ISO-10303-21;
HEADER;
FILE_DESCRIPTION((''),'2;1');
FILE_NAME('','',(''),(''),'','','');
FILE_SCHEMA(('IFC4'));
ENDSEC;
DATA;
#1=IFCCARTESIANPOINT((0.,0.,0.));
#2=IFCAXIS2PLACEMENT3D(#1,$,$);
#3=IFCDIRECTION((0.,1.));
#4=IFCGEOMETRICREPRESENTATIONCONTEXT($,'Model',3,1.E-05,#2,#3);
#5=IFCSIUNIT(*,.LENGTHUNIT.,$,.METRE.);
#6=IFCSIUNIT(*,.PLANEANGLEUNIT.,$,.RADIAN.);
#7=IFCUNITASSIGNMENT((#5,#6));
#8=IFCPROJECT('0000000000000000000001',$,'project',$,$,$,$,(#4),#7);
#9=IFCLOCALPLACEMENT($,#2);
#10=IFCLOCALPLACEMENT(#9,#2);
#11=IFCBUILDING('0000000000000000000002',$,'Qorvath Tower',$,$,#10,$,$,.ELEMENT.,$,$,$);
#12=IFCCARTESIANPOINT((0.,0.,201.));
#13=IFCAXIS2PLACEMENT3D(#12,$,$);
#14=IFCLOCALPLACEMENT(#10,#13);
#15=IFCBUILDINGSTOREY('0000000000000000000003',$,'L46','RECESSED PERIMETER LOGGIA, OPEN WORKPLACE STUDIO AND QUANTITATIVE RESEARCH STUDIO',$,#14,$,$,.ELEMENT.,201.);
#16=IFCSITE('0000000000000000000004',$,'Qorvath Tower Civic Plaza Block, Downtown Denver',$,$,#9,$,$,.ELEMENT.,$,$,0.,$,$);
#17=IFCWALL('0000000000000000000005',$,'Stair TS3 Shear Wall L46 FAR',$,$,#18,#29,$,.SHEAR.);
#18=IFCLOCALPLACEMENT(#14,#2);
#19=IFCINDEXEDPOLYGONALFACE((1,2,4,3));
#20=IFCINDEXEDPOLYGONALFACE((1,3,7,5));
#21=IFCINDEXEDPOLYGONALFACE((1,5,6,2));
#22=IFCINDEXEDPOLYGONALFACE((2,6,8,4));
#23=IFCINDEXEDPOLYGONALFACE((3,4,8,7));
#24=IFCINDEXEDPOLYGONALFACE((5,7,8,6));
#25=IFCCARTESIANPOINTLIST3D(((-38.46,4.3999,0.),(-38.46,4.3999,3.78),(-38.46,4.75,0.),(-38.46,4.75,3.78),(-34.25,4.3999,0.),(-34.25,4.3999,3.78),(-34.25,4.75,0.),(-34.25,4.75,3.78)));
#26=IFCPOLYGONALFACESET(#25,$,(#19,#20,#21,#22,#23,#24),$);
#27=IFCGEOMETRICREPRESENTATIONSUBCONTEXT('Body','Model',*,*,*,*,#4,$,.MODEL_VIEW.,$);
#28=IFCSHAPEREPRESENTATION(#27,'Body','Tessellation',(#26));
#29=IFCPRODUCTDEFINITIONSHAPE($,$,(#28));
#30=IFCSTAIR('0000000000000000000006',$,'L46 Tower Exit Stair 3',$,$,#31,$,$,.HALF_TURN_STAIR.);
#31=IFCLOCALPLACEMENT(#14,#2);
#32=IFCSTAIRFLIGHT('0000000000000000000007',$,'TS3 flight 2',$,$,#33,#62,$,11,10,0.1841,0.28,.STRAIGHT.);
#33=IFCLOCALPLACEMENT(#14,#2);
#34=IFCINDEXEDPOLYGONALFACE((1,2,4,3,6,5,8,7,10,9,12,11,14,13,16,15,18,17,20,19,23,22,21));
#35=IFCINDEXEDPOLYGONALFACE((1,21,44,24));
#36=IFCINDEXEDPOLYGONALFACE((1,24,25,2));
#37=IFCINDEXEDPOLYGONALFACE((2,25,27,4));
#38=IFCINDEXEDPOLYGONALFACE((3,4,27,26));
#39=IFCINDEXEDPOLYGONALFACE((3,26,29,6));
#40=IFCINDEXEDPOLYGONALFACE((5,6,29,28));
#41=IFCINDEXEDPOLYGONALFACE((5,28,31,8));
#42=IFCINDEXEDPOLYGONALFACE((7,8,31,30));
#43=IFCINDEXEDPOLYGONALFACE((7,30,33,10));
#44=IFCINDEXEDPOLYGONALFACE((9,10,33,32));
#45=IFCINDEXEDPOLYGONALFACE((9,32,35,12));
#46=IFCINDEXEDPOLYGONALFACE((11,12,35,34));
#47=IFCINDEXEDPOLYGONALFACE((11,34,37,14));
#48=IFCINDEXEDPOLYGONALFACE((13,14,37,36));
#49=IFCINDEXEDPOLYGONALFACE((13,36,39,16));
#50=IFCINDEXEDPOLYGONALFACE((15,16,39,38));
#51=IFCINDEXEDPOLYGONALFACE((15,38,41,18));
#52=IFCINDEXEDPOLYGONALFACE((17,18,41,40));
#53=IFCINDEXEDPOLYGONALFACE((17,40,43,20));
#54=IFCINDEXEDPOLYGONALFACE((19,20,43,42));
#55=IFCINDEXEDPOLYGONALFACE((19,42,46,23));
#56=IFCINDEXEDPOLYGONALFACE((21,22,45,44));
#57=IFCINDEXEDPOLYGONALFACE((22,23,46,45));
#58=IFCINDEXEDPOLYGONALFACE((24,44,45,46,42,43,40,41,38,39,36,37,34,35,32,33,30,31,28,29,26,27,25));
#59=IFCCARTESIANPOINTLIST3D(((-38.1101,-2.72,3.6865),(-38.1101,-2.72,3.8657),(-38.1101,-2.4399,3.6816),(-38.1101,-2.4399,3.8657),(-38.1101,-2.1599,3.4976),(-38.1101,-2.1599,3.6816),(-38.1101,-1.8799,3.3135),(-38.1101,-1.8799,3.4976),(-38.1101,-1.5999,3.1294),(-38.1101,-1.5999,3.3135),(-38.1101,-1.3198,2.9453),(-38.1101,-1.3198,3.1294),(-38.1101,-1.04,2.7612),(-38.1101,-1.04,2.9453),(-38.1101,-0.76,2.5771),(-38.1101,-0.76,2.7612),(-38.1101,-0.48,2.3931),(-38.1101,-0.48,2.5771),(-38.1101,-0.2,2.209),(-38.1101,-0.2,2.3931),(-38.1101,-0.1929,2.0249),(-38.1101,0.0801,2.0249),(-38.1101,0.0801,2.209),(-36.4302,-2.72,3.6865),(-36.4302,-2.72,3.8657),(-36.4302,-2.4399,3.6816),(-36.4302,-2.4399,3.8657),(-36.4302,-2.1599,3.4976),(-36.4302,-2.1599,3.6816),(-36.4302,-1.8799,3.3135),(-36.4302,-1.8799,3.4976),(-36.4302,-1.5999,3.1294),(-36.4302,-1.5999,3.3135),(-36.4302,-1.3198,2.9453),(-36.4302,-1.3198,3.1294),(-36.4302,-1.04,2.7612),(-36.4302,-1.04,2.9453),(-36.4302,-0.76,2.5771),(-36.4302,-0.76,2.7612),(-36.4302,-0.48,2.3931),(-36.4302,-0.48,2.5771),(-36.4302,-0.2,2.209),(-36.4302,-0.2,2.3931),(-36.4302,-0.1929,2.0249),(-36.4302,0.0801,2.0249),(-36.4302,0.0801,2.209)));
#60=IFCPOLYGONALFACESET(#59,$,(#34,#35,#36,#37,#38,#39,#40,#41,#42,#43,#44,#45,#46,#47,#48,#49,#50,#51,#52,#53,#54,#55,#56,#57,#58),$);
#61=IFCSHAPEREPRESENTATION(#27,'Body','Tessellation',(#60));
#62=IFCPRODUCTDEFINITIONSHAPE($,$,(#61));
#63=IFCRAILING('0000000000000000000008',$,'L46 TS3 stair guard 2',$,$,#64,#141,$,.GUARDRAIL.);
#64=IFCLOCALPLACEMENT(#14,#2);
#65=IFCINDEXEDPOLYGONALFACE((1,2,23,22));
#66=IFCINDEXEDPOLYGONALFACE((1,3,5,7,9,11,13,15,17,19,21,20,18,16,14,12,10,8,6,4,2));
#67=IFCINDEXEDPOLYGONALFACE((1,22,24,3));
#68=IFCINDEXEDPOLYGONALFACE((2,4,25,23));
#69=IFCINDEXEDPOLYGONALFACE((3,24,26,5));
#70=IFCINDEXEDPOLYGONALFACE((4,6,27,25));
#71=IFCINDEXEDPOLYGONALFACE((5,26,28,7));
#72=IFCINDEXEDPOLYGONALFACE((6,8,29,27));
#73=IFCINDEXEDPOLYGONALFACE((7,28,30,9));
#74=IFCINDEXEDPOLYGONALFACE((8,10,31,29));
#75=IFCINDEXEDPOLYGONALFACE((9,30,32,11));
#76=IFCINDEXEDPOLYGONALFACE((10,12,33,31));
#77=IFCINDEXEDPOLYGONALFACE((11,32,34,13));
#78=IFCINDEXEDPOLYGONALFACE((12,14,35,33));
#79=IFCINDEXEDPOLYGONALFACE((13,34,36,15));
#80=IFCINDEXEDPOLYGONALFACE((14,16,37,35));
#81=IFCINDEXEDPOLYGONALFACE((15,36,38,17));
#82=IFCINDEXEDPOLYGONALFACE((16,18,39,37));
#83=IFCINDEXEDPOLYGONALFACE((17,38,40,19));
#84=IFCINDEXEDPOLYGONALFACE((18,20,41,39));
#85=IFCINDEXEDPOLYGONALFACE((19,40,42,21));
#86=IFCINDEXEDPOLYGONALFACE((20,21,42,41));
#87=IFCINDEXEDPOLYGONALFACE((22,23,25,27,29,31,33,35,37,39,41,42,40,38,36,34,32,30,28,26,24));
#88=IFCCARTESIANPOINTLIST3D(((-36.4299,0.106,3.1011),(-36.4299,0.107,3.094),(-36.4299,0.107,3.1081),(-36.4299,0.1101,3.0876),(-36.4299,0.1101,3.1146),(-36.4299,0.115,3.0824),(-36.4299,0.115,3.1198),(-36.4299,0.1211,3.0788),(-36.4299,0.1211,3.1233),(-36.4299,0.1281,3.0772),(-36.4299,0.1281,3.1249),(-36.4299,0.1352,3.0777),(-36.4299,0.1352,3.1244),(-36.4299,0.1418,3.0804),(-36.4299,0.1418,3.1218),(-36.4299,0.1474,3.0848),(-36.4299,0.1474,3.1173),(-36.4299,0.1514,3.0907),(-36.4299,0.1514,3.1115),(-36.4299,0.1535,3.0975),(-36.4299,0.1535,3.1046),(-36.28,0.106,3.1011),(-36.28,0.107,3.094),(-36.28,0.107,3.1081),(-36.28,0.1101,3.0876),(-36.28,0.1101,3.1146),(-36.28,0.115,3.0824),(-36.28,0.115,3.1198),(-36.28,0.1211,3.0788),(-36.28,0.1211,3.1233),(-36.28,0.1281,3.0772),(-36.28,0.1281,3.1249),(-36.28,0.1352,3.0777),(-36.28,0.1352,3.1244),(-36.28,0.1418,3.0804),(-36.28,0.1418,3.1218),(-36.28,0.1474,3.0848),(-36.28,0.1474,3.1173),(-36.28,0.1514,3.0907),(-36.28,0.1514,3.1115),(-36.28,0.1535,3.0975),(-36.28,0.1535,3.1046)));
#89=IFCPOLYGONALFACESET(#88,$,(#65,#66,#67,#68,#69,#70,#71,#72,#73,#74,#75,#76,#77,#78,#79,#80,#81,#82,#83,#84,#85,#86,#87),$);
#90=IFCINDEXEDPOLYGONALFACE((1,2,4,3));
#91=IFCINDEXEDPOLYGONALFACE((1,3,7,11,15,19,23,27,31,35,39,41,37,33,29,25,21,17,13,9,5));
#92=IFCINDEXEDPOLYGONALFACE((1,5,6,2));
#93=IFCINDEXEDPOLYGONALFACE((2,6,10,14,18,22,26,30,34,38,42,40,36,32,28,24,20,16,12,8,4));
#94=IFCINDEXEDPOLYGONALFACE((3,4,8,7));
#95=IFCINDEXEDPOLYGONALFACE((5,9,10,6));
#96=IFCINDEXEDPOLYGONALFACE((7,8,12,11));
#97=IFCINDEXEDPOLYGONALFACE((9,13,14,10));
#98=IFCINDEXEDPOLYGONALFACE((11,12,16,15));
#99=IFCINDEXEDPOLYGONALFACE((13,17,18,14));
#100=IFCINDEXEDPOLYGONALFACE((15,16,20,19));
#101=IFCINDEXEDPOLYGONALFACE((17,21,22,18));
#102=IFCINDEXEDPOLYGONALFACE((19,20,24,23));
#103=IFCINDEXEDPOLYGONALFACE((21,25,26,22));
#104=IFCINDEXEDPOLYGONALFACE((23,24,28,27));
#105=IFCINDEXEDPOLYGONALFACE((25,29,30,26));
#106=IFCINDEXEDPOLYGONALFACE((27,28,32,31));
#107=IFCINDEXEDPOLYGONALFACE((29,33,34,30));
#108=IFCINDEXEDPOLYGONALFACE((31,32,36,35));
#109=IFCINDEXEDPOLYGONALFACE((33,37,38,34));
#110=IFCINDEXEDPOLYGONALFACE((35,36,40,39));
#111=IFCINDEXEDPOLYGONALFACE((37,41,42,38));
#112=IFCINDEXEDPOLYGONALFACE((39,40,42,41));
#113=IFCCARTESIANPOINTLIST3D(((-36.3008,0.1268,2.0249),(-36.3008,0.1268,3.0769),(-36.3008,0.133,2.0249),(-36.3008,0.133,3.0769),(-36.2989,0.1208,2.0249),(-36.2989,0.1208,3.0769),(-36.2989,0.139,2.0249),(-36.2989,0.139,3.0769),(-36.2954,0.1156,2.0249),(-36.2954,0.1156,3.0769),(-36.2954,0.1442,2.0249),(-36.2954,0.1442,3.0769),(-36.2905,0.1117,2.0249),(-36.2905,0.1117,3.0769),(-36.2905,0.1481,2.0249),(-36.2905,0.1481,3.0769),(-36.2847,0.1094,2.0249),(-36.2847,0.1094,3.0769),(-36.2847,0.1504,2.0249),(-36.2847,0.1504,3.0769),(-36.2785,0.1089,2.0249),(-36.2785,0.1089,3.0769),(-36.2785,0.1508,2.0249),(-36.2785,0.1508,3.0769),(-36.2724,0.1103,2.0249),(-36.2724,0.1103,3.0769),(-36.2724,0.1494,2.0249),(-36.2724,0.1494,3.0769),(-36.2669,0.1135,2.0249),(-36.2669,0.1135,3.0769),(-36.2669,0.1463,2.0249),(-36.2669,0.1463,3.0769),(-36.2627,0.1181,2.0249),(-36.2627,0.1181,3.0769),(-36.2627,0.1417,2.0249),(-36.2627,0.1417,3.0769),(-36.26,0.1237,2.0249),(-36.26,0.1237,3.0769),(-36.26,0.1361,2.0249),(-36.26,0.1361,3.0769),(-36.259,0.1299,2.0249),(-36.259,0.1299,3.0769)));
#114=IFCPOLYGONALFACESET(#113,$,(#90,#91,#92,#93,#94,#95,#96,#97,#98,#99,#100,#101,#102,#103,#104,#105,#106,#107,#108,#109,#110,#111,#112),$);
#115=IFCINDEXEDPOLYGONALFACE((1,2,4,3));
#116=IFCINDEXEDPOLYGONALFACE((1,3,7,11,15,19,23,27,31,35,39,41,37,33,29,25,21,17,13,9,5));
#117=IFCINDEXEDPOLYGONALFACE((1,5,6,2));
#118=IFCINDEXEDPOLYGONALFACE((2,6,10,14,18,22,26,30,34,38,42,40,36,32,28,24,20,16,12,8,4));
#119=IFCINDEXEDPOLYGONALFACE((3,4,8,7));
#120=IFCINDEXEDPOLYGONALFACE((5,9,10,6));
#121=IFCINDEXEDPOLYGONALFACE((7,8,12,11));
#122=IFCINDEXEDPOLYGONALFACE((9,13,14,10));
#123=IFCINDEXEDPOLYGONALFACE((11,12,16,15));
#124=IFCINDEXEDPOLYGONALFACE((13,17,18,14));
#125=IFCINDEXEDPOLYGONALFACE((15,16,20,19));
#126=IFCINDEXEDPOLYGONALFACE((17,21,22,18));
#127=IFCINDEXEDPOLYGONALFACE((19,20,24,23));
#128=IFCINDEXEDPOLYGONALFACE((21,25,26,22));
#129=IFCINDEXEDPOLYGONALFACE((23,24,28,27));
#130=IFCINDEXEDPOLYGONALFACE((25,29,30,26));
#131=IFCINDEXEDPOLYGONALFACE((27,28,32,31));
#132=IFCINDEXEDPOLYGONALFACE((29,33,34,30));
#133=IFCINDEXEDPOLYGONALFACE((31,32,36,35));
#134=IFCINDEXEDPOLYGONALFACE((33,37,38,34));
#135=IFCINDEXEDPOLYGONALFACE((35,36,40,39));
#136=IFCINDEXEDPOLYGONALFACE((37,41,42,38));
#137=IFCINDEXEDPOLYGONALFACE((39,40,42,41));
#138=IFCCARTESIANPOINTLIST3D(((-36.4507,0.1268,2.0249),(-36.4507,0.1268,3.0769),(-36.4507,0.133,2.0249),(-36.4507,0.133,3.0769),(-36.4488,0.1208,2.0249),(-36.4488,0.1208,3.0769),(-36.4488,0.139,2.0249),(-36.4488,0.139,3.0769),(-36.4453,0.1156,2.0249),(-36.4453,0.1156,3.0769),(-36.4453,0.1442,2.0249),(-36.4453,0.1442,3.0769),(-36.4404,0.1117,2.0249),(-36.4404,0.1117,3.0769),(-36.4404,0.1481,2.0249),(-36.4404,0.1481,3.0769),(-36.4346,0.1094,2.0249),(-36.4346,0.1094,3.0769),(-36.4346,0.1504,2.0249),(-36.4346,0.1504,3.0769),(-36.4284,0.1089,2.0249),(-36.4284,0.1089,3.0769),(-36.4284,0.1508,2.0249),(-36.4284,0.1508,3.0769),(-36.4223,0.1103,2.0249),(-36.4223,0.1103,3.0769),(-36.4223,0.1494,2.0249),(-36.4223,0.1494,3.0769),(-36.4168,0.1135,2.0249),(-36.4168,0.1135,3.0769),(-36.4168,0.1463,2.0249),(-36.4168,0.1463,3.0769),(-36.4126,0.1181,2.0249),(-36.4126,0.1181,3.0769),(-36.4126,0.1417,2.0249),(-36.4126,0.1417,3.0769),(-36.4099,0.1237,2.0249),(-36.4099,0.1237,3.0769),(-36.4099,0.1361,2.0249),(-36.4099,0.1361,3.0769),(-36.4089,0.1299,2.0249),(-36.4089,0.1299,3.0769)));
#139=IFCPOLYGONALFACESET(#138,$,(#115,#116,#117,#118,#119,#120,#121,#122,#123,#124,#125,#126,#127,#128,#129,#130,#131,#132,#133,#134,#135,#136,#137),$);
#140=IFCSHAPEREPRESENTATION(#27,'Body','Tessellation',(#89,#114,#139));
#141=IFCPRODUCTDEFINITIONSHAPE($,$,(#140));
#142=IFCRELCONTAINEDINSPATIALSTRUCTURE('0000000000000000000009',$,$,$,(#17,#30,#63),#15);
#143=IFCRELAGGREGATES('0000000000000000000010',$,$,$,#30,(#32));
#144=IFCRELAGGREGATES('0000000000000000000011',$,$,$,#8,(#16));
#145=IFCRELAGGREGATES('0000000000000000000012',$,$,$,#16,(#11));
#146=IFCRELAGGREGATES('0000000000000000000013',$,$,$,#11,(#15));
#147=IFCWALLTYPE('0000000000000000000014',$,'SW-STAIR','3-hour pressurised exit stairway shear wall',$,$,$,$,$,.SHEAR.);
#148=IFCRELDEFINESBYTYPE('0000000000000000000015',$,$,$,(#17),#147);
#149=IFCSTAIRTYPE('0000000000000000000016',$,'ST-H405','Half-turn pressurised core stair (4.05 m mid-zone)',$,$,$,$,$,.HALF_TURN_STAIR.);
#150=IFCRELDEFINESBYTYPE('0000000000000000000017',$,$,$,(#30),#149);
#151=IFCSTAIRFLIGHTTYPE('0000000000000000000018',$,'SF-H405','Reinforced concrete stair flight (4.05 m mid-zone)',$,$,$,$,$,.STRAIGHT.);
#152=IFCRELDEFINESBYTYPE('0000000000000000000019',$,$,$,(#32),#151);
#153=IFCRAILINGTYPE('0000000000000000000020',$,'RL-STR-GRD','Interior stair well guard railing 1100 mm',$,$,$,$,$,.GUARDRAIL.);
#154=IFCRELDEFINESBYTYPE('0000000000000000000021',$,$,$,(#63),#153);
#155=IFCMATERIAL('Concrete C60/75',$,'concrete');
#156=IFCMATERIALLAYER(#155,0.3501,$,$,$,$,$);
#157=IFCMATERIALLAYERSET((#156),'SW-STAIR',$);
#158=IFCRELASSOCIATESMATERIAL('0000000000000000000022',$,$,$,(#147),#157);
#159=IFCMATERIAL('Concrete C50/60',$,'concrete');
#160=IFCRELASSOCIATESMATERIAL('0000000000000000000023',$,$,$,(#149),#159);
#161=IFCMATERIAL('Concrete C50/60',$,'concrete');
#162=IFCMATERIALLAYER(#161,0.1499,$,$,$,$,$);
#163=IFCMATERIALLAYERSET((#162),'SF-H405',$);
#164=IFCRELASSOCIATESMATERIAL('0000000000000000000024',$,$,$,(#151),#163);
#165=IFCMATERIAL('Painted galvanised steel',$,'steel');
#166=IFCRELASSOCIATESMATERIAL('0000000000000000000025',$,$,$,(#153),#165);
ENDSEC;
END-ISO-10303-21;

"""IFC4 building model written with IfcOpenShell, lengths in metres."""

from ifc_helpers import new_model, si_unit, direction, frame, frame_2d, origin, origin_2d, place, context, subcontext, project, spatial, polyline, rectangle, circle, outline, extrude, material, layer, layer_set, type_object, element, aggregate, save


model = new_model("IFC4")

# Units and contexts
model_context = context("Model", 3, precision=1e-05, world=origin(), true_north=direction((0.0, 1.0)))
body_context = subcontext(model_context, "Body", "Model", "MODEL_VIEW")
ifc_project = project(units=[si_unit("LENGTHUNIT", "METRE"), si_unit("PLANEANGLEUNIT", "RADIAN")], contexts=[model_context])

# Site, building, storey
site_placement = place(None, origin())
site = spatial("IfcSite", under=ifc_project, at=site_placement, Name="Qorvath Tower Civic Plaza Block, Downtown Denver", CompositionType="ELEMENT", RefElevation=0.0)
building_placement = place(site_placement, origin())
building = spatial("IfcBuilding", under=site, at=building_placement, Name="Qorvath Tower", CompositionType="ELEMENT")
storey_placement = place(building_placement, frame((0.0, 0.0, 201.0)))
storey = spatial("IfcBuildingStorey", under=building, at=storey_placement, Name="L46", Description="RECESSED PERIMETER LOGGIA, OPEN WORKPLACE STUDIO AND QUANTITATIVE RESEARCH STUDIO", CompositionType="ELEMENT", Elevation=201.0)

# Wall
ifc_material_1 = material(Name="Concrete C60/75", Category="concrete")
ifc_layer_1 = layer(ifc_material_1, 0.3501)
ifc_layer_set_1 = layer_set([ifc_layer_1], Name="SW-STAIR")
wall_type_1 = type_object("IfcWallType", Name="SW-STAIR", Description="3-hour pressurised exit stairway shear wall", PredefinedType="SHEAR", material=ifc_layer_set_1)
wall_1_placement = place(storey_placement, frame((-34.25, 4.575, 0.0), z_axis=(0.0, 0.0, 1.0), x_axis=(-1.0, 0.0, 0.0)))
element("IfcWall", 1, at=wall_1_placement, inside=storey, type_object=wall_type_1, Name="Stair TS3 Shear Wall L46 FAR", PredefinedType="SHEAR", context=body_context, shape_type="SweptSolid", body=[
    extrude(rectangle(XDim=4.21, YDim=0.3501, at=frame_2d((2.105, 0.0))), origin(), (0.0, 0.0, 1.0), 3.78),
])

# Stair, stair flight
ifc_material_2 = material(Name="Concrete C50/60", Category="concrete")
stair_type = type_object("IfcStairType", Name="ST-H405", Description="Half-turn pressurised core stair (4.05 m mid-zone)", PredefinedType="HALF_TURN_STAIR", material=ifc_material_2)
stair_placement = place(storey_placement, origin())
stair = element("IfcStair", 2, at=stair_placement, inside=storey, type_object=stair_type, Name="L46 Tower Exit Stair 3", PredefinedType="HALF_TURN_STAIR")
ifc_material_3 = material(Name="Concrete C50/60", Category="concrete")
ifc_layer_2 = layer(ifc_material_3, 0.1499)
ifc_layer_set_2 = layer_set([ifc_layer_2], Name="SF-H405")
stair_flight_type = type_object("IfcStairFlightType", Name="SF-H405", Description="Reinforced concrete stair flight (4.05 m mid-zone)", PredefinedType="STRAIGHT", material=ifc_layer_set_2)
stair_flight_placement = place(storey_placement, frame((-37.27, 0.0801, 2.0249), z_axis=(0.0, 0.0, 1.0), x_axis=(0.0, -1.0, 0.0)))
stair_flight = element("IfcStairFlight", 3, at=stair_flight_placement, type_object=stair_flight_type, Name="TS3 flight 2", NumberOfRisers=11, NumberOfTreads=10, PredefinedType="STRAIGHT", RiserHeight=0.1841, TreadLength=0.28, context=body_context, shape_type="SweptSolid", body=[
    extrude(outline(polyline([(0.0, 0.0), (0.0, 0.1841), (0.28, 0.1841), (0.28, 0.3682), (0.5601, 0.3682), (0.5601, 0.5522), (0.8401, 0.5522), (0.8401, 0.7363), (1.1201, 0.7363), (1.1201, 0.9204), (1.3999, 0.9204), (1.3999, 1.1045), (1.6799, 1.1045), (1.6799, 1.2886), (1.96, 1.2886), (1.96, 1.4727), (2.24, 1.4727), (2.24, 1.6567), (2.52, 1.6567), (2.52, 1.8408), (2.8, 1.8408), (2.8, 2.0249), (2.8, 1.6616), (0.2729, 0.0), (0.0, 0.0)])), frame((0.0, 0.8398, 0.0), z_axis=(0.0, -1.0, 0.0), x_axis=(1.0, 0.0, 0.0)), (0.0, 0.0, 1.0), 1.6799),
])
aggregate(stair, [stair_flight])

# Railing
ifc_material_4 = material(Name="Painted galvanised steel", Category="steel")
railing_type = type_object("IfcRailingType", Name="RL-STR-GRD", Description="Interior stair well guard railing 1100 mm", PredefinedType="GUARDRAIL", material=ifc_material_4)
railing_1_placement = place(storey_placement, frame((-36.28, 0.1299, 2.0249)))
element("IfcRailing", 4, at=railing_1_placement, inside=storey, type_object=railing_type, Name="L46 TS3 stair guard 2", PredefinedType="GUARDRAIL", context=body_context, shape_type="SweptSolid", body=[
    extrude(circle(Radius=0.0239, at=origin_2d()), frame((0.0, 0.0, 1.0762), z_axis=(-1.0, 0.0, 0.0), x_axis=(0.0, -1.0, 0.0)), (0.0, 0.0, 1.0), 0.1499),
    extrude(circle(Radius=0.021, at=origin_2d()), origin(), (0.0, 0.0, 1.0), 1.052),
    extrude(circle(Radius=0.021, at=origin_2d()), frame((-0.1499, 0.0, 0.0)), (0.0, 0.0, 1.0), 1.052),
])

save(model, "model.ifc")
